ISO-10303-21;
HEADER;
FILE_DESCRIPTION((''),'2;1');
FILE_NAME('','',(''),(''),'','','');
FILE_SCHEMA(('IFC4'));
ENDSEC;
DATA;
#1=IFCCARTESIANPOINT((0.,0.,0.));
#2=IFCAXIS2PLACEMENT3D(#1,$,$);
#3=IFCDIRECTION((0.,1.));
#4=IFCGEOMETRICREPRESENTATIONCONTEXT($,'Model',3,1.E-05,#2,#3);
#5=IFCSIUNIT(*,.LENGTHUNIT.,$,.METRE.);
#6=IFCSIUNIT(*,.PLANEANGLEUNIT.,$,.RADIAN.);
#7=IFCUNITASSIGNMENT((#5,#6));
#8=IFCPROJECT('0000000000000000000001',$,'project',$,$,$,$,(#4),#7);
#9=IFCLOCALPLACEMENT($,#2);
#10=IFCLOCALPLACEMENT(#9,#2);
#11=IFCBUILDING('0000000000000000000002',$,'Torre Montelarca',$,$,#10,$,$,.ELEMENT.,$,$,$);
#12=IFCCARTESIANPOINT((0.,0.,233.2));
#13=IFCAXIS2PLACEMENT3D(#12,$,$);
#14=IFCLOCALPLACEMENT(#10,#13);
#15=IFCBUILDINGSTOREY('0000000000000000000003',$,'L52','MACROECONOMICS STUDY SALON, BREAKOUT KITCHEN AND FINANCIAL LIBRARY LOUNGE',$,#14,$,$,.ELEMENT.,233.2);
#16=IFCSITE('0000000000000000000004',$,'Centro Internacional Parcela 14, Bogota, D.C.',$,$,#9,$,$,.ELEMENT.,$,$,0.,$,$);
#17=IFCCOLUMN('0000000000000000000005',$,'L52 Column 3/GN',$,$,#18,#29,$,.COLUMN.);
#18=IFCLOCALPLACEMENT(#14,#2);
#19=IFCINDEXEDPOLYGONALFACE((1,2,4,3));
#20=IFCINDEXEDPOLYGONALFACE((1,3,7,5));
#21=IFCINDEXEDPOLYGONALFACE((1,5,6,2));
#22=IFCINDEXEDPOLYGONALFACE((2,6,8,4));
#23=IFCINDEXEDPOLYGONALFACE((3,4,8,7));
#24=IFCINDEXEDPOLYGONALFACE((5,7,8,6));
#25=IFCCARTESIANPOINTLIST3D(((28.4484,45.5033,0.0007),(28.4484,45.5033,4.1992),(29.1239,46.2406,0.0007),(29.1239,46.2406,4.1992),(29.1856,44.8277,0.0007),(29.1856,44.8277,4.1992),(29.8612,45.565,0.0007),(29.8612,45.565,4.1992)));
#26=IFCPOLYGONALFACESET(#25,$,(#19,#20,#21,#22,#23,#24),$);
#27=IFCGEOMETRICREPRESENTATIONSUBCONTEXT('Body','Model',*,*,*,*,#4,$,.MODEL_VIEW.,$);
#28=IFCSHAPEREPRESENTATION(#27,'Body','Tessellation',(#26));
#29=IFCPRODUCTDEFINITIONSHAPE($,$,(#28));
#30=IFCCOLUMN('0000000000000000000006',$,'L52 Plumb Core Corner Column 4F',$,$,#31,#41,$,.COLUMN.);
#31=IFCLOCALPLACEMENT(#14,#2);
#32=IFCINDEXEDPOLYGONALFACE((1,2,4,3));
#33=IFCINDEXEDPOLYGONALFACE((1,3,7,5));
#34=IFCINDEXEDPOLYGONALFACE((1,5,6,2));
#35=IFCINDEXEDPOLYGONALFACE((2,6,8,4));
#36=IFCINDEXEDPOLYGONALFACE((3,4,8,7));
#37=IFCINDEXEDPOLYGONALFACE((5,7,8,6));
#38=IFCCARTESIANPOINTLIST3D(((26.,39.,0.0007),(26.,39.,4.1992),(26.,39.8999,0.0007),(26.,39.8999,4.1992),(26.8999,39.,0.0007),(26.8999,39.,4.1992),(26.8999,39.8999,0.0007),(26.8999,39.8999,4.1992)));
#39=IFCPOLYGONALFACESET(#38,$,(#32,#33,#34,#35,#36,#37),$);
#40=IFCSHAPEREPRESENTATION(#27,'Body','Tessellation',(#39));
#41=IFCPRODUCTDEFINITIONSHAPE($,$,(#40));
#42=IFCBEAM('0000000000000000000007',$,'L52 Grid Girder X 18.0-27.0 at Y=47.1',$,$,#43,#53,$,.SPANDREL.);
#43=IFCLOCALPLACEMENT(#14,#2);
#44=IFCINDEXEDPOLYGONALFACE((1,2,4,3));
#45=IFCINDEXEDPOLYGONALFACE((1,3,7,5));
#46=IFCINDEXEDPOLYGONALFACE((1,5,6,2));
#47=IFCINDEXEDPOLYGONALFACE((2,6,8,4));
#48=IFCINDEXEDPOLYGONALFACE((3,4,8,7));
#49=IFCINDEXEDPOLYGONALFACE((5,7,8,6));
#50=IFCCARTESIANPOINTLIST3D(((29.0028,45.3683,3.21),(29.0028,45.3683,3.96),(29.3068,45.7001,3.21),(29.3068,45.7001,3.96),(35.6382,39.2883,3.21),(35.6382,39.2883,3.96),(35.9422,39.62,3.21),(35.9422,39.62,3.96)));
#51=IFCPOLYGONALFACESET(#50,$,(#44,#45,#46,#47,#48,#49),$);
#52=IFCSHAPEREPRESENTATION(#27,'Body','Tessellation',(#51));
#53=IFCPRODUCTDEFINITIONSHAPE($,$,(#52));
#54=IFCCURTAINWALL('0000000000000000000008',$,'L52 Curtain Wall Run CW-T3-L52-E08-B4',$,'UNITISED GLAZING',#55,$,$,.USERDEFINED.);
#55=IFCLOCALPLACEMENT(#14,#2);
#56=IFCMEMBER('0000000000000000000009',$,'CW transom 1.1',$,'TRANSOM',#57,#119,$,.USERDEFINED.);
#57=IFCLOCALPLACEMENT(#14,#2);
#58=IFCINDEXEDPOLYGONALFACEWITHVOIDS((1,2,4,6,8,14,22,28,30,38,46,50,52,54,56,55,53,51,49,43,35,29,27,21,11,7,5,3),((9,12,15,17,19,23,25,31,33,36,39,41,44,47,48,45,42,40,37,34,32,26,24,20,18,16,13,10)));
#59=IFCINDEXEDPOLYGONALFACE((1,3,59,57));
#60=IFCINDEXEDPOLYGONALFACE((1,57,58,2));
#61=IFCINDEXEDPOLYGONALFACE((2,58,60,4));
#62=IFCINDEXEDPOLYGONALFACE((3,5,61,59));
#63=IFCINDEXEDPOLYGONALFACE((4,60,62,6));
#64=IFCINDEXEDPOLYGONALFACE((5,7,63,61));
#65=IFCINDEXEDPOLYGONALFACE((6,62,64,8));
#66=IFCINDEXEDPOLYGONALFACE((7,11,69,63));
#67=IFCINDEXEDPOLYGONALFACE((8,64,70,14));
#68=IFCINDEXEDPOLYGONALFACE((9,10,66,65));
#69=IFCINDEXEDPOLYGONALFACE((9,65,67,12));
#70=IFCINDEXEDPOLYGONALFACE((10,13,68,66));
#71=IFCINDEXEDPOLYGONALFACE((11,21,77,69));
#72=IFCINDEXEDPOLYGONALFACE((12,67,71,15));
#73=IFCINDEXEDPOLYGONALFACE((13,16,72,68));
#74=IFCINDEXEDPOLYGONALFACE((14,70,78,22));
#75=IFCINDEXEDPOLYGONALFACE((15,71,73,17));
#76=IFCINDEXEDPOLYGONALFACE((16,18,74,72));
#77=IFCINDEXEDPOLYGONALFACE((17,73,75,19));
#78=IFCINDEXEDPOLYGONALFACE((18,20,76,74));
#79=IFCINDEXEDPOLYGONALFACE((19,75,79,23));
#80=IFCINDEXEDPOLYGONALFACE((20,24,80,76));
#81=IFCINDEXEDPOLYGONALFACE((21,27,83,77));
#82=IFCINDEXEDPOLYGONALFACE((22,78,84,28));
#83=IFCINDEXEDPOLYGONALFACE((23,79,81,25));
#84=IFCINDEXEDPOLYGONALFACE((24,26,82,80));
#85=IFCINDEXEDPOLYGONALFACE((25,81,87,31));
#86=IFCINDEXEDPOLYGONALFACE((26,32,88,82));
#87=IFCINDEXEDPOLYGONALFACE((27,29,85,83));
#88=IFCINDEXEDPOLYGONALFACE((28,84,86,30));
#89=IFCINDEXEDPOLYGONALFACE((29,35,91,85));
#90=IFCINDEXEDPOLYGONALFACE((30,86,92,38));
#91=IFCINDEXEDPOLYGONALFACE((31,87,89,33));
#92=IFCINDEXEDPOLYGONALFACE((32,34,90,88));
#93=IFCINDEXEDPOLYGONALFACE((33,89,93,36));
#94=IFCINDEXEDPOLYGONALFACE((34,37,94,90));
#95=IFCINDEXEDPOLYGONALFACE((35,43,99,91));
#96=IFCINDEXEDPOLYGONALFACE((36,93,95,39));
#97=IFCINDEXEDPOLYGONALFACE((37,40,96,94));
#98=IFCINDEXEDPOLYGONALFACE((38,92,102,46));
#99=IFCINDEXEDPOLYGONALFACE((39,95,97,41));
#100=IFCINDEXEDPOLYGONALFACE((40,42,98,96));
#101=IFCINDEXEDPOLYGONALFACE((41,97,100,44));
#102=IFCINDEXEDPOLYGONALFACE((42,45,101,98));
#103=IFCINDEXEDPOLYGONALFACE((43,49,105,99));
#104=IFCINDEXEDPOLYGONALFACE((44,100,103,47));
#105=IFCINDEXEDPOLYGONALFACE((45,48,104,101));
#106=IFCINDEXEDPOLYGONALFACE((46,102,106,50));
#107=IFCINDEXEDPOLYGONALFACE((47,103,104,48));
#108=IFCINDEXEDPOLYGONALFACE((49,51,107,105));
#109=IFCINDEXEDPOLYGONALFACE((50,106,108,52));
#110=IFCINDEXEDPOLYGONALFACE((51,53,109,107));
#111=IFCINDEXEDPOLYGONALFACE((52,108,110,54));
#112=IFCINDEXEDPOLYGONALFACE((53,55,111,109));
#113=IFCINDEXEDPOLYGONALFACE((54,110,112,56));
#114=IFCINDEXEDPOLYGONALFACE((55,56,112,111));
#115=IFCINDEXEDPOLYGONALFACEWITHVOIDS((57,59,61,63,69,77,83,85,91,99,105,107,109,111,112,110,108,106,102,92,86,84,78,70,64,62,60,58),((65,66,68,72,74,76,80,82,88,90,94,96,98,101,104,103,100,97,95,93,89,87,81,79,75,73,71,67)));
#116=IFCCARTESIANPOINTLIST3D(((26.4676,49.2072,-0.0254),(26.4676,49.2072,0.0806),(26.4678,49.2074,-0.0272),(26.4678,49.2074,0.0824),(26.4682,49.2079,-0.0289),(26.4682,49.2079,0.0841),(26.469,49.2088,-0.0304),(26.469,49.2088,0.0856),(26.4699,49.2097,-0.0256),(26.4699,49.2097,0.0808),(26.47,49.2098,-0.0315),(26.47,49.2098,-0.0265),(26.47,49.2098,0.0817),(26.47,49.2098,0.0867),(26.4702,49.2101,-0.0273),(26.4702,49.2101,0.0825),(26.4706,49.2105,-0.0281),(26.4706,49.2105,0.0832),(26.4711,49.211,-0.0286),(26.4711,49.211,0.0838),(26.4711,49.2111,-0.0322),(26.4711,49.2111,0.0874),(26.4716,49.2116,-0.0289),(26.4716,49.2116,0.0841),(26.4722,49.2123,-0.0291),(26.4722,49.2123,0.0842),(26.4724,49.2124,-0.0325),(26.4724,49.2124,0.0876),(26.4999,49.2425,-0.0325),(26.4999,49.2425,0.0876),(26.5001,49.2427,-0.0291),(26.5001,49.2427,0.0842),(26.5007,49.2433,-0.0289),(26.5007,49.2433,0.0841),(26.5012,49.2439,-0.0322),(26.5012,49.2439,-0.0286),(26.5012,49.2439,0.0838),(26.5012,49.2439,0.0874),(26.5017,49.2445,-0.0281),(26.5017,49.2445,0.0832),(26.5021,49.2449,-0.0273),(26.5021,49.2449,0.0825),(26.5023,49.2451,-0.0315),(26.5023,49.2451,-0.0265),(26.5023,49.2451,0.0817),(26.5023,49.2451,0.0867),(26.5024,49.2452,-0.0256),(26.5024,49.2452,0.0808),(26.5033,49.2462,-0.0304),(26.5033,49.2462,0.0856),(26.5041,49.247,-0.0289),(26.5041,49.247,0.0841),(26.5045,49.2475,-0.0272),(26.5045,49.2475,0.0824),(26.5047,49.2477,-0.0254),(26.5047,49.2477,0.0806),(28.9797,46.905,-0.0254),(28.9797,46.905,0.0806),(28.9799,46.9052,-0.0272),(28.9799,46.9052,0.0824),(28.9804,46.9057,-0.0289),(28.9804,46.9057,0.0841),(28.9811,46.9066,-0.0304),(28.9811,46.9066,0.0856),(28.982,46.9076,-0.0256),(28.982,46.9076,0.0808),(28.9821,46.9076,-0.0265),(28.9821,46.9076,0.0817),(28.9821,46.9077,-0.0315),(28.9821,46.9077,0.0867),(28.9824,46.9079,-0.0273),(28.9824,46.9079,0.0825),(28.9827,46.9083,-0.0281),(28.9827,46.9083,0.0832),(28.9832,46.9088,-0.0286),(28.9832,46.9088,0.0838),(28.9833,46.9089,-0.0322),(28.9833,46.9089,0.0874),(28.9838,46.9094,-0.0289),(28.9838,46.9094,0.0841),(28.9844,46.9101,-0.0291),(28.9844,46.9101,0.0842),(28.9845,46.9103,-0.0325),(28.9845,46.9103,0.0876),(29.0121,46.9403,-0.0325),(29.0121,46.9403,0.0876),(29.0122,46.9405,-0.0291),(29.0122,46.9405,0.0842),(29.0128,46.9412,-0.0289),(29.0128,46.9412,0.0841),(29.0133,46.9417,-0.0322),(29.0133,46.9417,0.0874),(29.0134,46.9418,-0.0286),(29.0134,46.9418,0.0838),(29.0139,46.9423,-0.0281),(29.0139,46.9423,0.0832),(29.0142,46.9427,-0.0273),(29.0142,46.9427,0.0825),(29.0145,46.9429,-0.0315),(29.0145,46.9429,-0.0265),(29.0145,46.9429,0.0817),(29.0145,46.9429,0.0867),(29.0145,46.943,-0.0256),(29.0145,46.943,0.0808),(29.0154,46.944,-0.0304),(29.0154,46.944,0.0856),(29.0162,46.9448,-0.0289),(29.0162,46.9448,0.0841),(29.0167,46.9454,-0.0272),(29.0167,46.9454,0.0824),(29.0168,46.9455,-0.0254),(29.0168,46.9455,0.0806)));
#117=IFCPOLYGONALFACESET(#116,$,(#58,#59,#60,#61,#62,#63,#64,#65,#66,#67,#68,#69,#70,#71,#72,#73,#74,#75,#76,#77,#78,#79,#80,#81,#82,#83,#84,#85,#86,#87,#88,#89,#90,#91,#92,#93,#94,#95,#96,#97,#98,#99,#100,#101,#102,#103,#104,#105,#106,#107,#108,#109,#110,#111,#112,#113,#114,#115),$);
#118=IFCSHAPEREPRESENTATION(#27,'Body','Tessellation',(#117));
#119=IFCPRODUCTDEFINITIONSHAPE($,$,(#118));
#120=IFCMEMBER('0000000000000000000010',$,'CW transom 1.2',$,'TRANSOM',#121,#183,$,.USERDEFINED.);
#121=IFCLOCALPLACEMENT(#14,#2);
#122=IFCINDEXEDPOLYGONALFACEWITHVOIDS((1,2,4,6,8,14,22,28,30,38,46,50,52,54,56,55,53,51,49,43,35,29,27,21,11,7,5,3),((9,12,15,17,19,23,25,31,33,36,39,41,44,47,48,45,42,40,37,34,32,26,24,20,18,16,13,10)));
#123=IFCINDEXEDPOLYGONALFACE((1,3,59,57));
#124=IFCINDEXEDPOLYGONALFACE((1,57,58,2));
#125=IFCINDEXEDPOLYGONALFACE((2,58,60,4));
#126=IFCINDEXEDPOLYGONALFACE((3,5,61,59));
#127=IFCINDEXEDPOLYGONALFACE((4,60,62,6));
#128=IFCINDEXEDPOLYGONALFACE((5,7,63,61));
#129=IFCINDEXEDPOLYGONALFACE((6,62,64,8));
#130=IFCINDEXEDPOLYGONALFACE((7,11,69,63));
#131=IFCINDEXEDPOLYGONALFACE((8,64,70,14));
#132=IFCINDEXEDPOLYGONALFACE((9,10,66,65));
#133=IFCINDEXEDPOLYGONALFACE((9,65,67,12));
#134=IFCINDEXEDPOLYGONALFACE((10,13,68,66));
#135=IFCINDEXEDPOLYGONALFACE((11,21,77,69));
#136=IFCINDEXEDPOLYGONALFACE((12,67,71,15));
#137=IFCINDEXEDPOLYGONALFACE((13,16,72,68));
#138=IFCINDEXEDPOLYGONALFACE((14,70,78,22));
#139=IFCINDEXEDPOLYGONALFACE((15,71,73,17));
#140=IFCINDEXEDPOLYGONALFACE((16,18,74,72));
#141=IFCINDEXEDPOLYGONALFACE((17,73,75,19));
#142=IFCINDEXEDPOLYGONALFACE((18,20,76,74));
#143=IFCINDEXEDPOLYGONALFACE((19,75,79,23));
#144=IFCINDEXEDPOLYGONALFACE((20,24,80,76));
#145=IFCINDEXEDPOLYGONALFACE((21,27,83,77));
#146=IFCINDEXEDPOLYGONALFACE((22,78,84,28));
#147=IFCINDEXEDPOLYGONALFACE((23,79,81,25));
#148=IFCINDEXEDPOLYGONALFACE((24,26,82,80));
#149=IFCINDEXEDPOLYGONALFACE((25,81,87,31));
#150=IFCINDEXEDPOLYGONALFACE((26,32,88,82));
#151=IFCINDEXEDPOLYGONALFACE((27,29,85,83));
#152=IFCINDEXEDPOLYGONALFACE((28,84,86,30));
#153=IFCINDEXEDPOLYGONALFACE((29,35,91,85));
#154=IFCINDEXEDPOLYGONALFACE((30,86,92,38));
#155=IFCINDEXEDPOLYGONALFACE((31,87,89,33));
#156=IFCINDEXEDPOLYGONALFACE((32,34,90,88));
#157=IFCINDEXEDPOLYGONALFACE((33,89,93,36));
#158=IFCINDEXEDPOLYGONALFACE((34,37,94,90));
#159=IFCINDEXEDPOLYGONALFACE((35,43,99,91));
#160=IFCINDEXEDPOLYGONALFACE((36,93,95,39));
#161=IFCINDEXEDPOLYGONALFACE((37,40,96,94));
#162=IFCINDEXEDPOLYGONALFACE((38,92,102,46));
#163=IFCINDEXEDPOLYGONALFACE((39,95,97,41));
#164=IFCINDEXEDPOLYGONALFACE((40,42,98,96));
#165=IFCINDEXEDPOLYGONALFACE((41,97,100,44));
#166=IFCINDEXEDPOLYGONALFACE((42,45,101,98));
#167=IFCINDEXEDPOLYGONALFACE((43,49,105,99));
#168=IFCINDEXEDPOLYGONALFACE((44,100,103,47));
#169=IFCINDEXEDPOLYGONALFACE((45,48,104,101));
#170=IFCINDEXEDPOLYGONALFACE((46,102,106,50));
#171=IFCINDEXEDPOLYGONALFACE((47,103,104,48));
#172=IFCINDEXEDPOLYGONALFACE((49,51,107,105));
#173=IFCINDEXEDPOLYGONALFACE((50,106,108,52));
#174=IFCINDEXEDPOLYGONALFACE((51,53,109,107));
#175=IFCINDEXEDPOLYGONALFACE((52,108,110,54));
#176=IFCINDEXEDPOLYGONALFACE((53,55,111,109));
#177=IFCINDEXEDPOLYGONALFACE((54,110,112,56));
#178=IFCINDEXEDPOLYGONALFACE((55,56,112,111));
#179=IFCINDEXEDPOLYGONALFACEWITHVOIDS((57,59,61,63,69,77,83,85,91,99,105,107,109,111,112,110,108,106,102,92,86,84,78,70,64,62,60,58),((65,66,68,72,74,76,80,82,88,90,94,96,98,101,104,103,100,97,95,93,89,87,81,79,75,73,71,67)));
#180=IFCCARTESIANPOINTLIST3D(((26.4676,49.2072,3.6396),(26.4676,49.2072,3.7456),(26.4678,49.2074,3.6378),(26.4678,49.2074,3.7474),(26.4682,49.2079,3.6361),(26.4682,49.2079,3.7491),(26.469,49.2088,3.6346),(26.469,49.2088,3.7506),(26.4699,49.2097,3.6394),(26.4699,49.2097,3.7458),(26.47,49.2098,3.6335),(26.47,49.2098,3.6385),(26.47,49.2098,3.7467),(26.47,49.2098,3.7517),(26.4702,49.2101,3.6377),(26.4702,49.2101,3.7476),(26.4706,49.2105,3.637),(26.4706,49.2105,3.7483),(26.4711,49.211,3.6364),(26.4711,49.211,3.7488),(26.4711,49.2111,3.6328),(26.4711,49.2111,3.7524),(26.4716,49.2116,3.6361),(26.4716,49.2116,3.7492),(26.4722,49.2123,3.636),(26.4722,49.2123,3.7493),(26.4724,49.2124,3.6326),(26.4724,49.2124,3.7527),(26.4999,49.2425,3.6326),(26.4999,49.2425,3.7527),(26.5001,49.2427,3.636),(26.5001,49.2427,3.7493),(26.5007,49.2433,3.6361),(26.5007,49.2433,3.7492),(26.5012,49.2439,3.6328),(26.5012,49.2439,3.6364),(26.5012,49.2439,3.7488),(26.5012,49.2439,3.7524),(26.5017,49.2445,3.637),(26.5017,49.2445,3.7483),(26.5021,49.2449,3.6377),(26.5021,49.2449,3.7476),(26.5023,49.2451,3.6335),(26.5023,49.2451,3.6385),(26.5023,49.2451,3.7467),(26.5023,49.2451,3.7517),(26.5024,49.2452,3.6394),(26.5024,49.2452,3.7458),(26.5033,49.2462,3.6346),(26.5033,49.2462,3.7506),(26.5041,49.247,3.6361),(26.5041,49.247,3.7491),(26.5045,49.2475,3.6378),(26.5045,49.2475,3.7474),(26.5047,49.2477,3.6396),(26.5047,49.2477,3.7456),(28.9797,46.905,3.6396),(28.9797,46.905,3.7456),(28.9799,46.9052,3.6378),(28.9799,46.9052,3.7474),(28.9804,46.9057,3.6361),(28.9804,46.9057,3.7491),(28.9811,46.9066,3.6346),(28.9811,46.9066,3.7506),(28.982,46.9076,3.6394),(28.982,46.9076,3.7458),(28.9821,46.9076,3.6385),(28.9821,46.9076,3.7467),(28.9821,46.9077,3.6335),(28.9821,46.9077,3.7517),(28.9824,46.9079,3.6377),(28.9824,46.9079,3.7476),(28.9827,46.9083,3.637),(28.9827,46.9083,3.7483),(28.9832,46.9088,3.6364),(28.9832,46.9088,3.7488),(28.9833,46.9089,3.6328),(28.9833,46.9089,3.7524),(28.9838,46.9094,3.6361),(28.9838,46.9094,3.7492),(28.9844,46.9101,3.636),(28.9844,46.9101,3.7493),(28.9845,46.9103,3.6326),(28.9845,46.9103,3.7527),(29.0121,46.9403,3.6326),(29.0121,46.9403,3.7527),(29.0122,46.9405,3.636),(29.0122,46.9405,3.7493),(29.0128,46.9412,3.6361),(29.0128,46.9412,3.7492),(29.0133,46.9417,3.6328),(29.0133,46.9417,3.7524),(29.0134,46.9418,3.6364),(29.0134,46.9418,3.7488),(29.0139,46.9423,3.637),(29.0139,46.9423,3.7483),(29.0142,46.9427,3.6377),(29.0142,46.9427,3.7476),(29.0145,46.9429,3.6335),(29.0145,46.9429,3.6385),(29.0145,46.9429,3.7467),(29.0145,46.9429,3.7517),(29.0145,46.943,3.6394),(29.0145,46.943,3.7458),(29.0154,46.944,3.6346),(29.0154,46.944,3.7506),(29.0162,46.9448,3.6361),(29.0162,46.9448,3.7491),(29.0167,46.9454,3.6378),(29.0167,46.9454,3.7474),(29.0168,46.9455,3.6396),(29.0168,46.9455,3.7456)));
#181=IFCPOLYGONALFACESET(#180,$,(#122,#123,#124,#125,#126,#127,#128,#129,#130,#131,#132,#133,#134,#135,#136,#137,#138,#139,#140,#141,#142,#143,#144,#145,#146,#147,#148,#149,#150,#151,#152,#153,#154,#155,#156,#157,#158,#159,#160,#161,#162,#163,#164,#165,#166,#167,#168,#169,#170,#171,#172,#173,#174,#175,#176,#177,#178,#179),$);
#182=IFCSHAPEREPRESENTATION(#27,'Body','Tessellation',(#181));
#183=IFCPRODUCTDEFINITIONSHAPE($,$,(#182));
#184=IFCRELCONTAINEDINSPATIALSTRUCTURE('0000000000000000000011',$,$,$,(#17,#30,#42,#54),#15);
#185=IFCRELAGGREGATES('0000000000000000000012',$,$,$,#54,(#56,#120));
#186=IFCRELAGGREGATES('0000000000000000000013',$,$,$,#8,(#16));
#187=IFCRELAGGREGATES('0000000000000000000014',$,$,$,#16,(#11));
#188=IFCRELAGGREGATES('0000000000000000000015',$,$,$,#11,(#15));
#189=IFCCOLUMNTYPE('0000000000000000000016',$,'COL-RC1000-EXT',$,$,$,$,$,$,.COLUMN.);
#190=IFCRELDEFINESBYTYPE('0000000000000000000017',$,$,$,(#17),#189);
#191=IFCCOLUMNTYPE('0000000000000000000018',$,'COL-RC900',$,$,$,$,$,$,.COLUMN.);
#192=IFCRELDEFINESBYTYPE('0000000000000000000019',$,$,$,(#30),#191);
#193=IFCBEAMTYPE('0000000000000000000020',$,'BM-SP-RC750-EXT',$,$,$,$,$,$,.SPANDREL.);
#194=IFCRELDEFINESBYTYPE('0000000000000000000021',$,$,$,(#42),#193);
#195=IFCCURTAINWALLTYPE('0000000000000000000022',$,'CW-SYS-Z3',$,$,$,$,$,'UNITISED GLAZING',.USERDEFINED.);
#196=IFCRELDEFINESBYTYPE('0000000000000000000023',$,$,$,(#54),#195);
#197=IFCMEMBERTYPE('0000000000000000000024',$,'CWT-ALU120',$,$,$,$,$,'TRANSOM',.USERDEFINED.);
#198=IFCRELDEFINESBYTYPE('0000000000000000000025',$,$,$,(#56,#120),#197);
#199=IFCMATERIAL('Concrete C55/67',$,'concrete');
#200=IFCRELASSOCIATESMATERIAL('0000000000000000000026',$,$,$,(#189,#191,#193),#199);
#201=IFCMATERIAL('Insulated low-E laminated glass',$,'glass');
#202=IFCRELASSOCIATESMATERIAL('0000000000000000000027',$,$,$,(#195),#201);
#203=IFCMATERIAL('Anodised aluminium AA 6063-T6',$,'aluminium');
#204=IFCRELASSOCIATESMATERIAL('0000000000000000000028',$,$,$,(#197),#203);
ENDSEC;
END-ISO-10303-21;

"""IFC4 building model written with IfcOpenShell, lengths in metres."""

from ifc_helpers import new_model, si_unit, direction, frame, origin, origin_2d, place, context, subcontext, project, spatial, rectangle, hollow_rectangle, extrude, source, transform, mapped, material, material_profile, profile_set, type_object, element, aggregate, save


model = new_model("IFC4")

# Units and contexts
model_context = context("Model", 3, precision=1e-05, world=origin(), true_north=direction((0.0, 1.0)))
body_context = subcontext(model_context, "Body", "Model", "MODEL_VIEW")
ifc_project = project(units=[si_unit("LENGTHUNIT", "METRE"), si_unit("PLANEANGLEUNIT", "RADIAN")], contexts=[model_context])

# Site, building, storey
site_placement = place(None, origin())
site = spatial("IfcSite", under=ifc_project, at=site_placement, Name="Centro Internacional Parcela 14, Bogota, D.C.", CompositionType="ELEMENT", RefElevation=0.0)
building_placement = place(site_placement, origin())
building = spatial("IfcBuilding", under=site, at=building_placement, Name="Torre Montelarca", CompositionType="ELEMENT")
storey_placement = place(building_placement, frame((0.0, 0.0, 233.2)))
storey = spatial("IfcBuildingStorey", under=building, at=storey_placement, Name="L52", Description="MACROECONOMICS STUDY SALON, BREAKOUT KITCHEN AND FINANCIAL LIBRARY LOUNGE", CompositionType="ELEMENT", Elevation=233.2)

# Columns
ifc_material_1 = material(Name="Concrete C55/67", Category="concrete")
ifc_material_profile_1 = material_profile(ifc_material_1, rectangle(XDim=1.0, YDim=1.0, at=origin_2d()), Name="RC1000X1000", Category="concrete")
ifc_profile_set_1 = profile_set([ifc_material_profile_1], Name="Concrete C55/67")
column_type_1 = type_object("IfcColumnType", Name="COL-RC1000-EXT", PredefinedType="COLUMN", material=ifc_profile_set_1)
shared_shape_1 = source(origin(), body_context, "Body", "SweptSolid", [
    extrude(rectangle(XDim=1.0, YDim=1.0, at=origin_2d()), origin(), (0.0, 0.0, 1.0), 4.1985),
])
column_1_placement = place(storey_placement, frame((29.1548, 45.5342, 0.0007), z_axis=(0.0, 0.0, 1.0), x_axis=(-0.737277, 0.67559, 0.0)))
element("IfcColumn", 1, at=column_1_placement, inside=storey, type_object=column_type_1, Name="L52 Column 3/GN", PredefinedType="COLUMN", context=body_context, shape_type="MappedRepresentation", body=[
    mapped(shared_shape_1, transform((0.0, 0.0, 0.0), scale=1.0)),
])
ifc_material_profile_2 = material_profile(ifc_material_1, rectangle(XDim=0.8999, YDim=0.8999, at=origin_2d()), Name="RC900X900", Category="concrete")
ifc_profile_set_2 = profile_set([ifc_material_profile_2], Name="Concrete C55/67")
column_type_2 = type_object("IfcColumnType", Name="COL-RC900", PredefinedType="COLUMN", material=ifc_profile_set_2)
shared_shape_2 = source(origin(), body_context, "Body", "SweptSolid", [
    extrude(rectangle(XDim=0.8999, YDim=0.8999, at=origin_2d()), origin(), (0.0, 0.0, 1.0), 4.1985),
])
column_2_placement = place(storey_placement, frame((26.45, 39.45, 0.0007), z_axis=(0.0, 0.0, 1.0), x_axis=(1.0, 0.0, 0.0)))
element("IfcColumn", 2, at=column_2_placement, inside=storey, type_object=column_type_2, Name="L52 Plumb Core Corner Column 4F", PredefinedType="COLUMN", context=body_context, shape_type="MappedRepresentation", body=[
    mapped(shared_shape_2, transform((0.0, 0.0, 0.0), scale=1.0)),
])

# Beam
ifc_material_profile_3 = material_profile(ifc_material_1, rectangle(XDim=0.45, YDim=0.75, at=origin_2d()), Name="RCB450X750", Category="concrete")
ifc_profile_set_3 = profile_set([ifc_material_profile_3], Name="Concrete C55/67")
beam_type = type_object("IfcBeamType", Name="BM-SP-RC750-EXT", PredefinedType="SPANDREL", material=ifc_profile_set_3)
shared_shape_3 = source(origin(), body_context, "Body", "SweptSolid", [
    extrude(rectangle(XDim=0.45, YDim=0.75, at=origin_2d()), origin(), (0.0, 0.0, 1.0), 8.9998),
])
beam_placement = place(storey_placement, frame((29.1548, 45.5342, 3.585), z_axis=(0.73729, -0.675576, 0.0), x_axis=(0.675576, 0.73729, 0.0)))
element("IfcBeam", 3, at=beam_placement, inside=storey, type_object=beam_type, Name="L52 Grid Girder X 18.0-27.0 at Y=47.1", PredefinedType="SPANDREL", context=body_context, shape_type="MappedRepresentation", body=[
    mapped(shared_shape_3, transform((0.0, 0.0, 0.0), scale=1.0)),
])

# Curtain wall, members
ifc_material_2 = material(Name="Insulated low-E laminated glass", Category="glass")
curtain_wall_type = type_object("IfcCurtainWallType", Name="CW-SYS-Z3", ElementType="UNITISED GLAZING", PredefinedType="USERDEFINED", material=ifc_material_2)
curtain_wall_placement = place(storey_placement, origin())
curtain_wall = element("IfcCurtainWall", 4, at=curtain_wall_placement, inside=storey, type_object=curtain_wall_type, Name="L52 Curtain Wall Run CW-T3-L52-E08-B4", ObjectType="UNITISED GLAZING", PredefinedType="USERDEFINED")
ifc_material_3 = material(Name="Anodised aluminium AA 6063-T6", Category="aluminium")
ifc_material_profile_4 = material_profile(ifc_material_3, hollow_rectangle(XDim=0.0549, YDim=0.1201, WallThickness=0.0034, InnerFilletRadius=0.0034, OuterFilletRadius=0.0071, at=origin_2d()), Name="ALU55X120X3.5", Category="aluminium")
ifc_profile_set_4 = profile_set([ifc_material_profile_4], Name="Anodised aluminium AA 6063-T6")
member_type_1 = type_object("IfcMemberType", Name="CWT-ALU120", ElementType="TRANSOM", PredefinedType="USERDEFINED", material=ifc_profile_set_4)
shared_shape_4 = source(origin(), body_context, "Body", "SweptSolid", [
    extrude(hollow_rectangle(XDim=0.0549, YDim=0.1201, WallThickness=0.0034, InnerFilletRadius=0.0034, OuterFilletRadius=0.0071, at=origin_2d()), origin(), (0.0, 0.0, 1.0), 3.4075),
])
member_1_placement = place(storey_placement, frame((28.9983, 46.9253, 0.0276), z_axis=(-0.737243, 0.675627, 0.0), x_axis=(-0.675627, -0.737243, 0.0)))
member_1 = element("IfcMember", 5, at=member_1_placement, type_object=member_type_1, Name="CW transom 1.1", ObjectType="TRANSOM", PredefinedType="USERDEFINED", context=body_context, shape_type="MappedRepresentation", body=[
    mapped(shared_shape_4, transform((0.0, 0.0, 0.0), scale=1.0)),
])
member_2_placement = place(storey_placement, frame((28.9983, 46.9253, 3.6926), z_axis=(-0.737243, 0.675627, 0.0), x_axis=(-0.675627, -0.737243, 0.0)))
member_2 = element("IfcMember", 6, at=member_2_placement, type_object=member_type_1, Name="CW transom 1.2", ObjectType="TRANSOM", PredefinedType="USERDEFINED", context=body_context, shape_type="MappedRepresentation", body=[
    mapped(shared_shape_4, transform((0.0, 0.0, 0.0), scale=1.0)),
])
aggregate(curtain_wall, [member_1, member_2])

save(model, "model.ifc")
